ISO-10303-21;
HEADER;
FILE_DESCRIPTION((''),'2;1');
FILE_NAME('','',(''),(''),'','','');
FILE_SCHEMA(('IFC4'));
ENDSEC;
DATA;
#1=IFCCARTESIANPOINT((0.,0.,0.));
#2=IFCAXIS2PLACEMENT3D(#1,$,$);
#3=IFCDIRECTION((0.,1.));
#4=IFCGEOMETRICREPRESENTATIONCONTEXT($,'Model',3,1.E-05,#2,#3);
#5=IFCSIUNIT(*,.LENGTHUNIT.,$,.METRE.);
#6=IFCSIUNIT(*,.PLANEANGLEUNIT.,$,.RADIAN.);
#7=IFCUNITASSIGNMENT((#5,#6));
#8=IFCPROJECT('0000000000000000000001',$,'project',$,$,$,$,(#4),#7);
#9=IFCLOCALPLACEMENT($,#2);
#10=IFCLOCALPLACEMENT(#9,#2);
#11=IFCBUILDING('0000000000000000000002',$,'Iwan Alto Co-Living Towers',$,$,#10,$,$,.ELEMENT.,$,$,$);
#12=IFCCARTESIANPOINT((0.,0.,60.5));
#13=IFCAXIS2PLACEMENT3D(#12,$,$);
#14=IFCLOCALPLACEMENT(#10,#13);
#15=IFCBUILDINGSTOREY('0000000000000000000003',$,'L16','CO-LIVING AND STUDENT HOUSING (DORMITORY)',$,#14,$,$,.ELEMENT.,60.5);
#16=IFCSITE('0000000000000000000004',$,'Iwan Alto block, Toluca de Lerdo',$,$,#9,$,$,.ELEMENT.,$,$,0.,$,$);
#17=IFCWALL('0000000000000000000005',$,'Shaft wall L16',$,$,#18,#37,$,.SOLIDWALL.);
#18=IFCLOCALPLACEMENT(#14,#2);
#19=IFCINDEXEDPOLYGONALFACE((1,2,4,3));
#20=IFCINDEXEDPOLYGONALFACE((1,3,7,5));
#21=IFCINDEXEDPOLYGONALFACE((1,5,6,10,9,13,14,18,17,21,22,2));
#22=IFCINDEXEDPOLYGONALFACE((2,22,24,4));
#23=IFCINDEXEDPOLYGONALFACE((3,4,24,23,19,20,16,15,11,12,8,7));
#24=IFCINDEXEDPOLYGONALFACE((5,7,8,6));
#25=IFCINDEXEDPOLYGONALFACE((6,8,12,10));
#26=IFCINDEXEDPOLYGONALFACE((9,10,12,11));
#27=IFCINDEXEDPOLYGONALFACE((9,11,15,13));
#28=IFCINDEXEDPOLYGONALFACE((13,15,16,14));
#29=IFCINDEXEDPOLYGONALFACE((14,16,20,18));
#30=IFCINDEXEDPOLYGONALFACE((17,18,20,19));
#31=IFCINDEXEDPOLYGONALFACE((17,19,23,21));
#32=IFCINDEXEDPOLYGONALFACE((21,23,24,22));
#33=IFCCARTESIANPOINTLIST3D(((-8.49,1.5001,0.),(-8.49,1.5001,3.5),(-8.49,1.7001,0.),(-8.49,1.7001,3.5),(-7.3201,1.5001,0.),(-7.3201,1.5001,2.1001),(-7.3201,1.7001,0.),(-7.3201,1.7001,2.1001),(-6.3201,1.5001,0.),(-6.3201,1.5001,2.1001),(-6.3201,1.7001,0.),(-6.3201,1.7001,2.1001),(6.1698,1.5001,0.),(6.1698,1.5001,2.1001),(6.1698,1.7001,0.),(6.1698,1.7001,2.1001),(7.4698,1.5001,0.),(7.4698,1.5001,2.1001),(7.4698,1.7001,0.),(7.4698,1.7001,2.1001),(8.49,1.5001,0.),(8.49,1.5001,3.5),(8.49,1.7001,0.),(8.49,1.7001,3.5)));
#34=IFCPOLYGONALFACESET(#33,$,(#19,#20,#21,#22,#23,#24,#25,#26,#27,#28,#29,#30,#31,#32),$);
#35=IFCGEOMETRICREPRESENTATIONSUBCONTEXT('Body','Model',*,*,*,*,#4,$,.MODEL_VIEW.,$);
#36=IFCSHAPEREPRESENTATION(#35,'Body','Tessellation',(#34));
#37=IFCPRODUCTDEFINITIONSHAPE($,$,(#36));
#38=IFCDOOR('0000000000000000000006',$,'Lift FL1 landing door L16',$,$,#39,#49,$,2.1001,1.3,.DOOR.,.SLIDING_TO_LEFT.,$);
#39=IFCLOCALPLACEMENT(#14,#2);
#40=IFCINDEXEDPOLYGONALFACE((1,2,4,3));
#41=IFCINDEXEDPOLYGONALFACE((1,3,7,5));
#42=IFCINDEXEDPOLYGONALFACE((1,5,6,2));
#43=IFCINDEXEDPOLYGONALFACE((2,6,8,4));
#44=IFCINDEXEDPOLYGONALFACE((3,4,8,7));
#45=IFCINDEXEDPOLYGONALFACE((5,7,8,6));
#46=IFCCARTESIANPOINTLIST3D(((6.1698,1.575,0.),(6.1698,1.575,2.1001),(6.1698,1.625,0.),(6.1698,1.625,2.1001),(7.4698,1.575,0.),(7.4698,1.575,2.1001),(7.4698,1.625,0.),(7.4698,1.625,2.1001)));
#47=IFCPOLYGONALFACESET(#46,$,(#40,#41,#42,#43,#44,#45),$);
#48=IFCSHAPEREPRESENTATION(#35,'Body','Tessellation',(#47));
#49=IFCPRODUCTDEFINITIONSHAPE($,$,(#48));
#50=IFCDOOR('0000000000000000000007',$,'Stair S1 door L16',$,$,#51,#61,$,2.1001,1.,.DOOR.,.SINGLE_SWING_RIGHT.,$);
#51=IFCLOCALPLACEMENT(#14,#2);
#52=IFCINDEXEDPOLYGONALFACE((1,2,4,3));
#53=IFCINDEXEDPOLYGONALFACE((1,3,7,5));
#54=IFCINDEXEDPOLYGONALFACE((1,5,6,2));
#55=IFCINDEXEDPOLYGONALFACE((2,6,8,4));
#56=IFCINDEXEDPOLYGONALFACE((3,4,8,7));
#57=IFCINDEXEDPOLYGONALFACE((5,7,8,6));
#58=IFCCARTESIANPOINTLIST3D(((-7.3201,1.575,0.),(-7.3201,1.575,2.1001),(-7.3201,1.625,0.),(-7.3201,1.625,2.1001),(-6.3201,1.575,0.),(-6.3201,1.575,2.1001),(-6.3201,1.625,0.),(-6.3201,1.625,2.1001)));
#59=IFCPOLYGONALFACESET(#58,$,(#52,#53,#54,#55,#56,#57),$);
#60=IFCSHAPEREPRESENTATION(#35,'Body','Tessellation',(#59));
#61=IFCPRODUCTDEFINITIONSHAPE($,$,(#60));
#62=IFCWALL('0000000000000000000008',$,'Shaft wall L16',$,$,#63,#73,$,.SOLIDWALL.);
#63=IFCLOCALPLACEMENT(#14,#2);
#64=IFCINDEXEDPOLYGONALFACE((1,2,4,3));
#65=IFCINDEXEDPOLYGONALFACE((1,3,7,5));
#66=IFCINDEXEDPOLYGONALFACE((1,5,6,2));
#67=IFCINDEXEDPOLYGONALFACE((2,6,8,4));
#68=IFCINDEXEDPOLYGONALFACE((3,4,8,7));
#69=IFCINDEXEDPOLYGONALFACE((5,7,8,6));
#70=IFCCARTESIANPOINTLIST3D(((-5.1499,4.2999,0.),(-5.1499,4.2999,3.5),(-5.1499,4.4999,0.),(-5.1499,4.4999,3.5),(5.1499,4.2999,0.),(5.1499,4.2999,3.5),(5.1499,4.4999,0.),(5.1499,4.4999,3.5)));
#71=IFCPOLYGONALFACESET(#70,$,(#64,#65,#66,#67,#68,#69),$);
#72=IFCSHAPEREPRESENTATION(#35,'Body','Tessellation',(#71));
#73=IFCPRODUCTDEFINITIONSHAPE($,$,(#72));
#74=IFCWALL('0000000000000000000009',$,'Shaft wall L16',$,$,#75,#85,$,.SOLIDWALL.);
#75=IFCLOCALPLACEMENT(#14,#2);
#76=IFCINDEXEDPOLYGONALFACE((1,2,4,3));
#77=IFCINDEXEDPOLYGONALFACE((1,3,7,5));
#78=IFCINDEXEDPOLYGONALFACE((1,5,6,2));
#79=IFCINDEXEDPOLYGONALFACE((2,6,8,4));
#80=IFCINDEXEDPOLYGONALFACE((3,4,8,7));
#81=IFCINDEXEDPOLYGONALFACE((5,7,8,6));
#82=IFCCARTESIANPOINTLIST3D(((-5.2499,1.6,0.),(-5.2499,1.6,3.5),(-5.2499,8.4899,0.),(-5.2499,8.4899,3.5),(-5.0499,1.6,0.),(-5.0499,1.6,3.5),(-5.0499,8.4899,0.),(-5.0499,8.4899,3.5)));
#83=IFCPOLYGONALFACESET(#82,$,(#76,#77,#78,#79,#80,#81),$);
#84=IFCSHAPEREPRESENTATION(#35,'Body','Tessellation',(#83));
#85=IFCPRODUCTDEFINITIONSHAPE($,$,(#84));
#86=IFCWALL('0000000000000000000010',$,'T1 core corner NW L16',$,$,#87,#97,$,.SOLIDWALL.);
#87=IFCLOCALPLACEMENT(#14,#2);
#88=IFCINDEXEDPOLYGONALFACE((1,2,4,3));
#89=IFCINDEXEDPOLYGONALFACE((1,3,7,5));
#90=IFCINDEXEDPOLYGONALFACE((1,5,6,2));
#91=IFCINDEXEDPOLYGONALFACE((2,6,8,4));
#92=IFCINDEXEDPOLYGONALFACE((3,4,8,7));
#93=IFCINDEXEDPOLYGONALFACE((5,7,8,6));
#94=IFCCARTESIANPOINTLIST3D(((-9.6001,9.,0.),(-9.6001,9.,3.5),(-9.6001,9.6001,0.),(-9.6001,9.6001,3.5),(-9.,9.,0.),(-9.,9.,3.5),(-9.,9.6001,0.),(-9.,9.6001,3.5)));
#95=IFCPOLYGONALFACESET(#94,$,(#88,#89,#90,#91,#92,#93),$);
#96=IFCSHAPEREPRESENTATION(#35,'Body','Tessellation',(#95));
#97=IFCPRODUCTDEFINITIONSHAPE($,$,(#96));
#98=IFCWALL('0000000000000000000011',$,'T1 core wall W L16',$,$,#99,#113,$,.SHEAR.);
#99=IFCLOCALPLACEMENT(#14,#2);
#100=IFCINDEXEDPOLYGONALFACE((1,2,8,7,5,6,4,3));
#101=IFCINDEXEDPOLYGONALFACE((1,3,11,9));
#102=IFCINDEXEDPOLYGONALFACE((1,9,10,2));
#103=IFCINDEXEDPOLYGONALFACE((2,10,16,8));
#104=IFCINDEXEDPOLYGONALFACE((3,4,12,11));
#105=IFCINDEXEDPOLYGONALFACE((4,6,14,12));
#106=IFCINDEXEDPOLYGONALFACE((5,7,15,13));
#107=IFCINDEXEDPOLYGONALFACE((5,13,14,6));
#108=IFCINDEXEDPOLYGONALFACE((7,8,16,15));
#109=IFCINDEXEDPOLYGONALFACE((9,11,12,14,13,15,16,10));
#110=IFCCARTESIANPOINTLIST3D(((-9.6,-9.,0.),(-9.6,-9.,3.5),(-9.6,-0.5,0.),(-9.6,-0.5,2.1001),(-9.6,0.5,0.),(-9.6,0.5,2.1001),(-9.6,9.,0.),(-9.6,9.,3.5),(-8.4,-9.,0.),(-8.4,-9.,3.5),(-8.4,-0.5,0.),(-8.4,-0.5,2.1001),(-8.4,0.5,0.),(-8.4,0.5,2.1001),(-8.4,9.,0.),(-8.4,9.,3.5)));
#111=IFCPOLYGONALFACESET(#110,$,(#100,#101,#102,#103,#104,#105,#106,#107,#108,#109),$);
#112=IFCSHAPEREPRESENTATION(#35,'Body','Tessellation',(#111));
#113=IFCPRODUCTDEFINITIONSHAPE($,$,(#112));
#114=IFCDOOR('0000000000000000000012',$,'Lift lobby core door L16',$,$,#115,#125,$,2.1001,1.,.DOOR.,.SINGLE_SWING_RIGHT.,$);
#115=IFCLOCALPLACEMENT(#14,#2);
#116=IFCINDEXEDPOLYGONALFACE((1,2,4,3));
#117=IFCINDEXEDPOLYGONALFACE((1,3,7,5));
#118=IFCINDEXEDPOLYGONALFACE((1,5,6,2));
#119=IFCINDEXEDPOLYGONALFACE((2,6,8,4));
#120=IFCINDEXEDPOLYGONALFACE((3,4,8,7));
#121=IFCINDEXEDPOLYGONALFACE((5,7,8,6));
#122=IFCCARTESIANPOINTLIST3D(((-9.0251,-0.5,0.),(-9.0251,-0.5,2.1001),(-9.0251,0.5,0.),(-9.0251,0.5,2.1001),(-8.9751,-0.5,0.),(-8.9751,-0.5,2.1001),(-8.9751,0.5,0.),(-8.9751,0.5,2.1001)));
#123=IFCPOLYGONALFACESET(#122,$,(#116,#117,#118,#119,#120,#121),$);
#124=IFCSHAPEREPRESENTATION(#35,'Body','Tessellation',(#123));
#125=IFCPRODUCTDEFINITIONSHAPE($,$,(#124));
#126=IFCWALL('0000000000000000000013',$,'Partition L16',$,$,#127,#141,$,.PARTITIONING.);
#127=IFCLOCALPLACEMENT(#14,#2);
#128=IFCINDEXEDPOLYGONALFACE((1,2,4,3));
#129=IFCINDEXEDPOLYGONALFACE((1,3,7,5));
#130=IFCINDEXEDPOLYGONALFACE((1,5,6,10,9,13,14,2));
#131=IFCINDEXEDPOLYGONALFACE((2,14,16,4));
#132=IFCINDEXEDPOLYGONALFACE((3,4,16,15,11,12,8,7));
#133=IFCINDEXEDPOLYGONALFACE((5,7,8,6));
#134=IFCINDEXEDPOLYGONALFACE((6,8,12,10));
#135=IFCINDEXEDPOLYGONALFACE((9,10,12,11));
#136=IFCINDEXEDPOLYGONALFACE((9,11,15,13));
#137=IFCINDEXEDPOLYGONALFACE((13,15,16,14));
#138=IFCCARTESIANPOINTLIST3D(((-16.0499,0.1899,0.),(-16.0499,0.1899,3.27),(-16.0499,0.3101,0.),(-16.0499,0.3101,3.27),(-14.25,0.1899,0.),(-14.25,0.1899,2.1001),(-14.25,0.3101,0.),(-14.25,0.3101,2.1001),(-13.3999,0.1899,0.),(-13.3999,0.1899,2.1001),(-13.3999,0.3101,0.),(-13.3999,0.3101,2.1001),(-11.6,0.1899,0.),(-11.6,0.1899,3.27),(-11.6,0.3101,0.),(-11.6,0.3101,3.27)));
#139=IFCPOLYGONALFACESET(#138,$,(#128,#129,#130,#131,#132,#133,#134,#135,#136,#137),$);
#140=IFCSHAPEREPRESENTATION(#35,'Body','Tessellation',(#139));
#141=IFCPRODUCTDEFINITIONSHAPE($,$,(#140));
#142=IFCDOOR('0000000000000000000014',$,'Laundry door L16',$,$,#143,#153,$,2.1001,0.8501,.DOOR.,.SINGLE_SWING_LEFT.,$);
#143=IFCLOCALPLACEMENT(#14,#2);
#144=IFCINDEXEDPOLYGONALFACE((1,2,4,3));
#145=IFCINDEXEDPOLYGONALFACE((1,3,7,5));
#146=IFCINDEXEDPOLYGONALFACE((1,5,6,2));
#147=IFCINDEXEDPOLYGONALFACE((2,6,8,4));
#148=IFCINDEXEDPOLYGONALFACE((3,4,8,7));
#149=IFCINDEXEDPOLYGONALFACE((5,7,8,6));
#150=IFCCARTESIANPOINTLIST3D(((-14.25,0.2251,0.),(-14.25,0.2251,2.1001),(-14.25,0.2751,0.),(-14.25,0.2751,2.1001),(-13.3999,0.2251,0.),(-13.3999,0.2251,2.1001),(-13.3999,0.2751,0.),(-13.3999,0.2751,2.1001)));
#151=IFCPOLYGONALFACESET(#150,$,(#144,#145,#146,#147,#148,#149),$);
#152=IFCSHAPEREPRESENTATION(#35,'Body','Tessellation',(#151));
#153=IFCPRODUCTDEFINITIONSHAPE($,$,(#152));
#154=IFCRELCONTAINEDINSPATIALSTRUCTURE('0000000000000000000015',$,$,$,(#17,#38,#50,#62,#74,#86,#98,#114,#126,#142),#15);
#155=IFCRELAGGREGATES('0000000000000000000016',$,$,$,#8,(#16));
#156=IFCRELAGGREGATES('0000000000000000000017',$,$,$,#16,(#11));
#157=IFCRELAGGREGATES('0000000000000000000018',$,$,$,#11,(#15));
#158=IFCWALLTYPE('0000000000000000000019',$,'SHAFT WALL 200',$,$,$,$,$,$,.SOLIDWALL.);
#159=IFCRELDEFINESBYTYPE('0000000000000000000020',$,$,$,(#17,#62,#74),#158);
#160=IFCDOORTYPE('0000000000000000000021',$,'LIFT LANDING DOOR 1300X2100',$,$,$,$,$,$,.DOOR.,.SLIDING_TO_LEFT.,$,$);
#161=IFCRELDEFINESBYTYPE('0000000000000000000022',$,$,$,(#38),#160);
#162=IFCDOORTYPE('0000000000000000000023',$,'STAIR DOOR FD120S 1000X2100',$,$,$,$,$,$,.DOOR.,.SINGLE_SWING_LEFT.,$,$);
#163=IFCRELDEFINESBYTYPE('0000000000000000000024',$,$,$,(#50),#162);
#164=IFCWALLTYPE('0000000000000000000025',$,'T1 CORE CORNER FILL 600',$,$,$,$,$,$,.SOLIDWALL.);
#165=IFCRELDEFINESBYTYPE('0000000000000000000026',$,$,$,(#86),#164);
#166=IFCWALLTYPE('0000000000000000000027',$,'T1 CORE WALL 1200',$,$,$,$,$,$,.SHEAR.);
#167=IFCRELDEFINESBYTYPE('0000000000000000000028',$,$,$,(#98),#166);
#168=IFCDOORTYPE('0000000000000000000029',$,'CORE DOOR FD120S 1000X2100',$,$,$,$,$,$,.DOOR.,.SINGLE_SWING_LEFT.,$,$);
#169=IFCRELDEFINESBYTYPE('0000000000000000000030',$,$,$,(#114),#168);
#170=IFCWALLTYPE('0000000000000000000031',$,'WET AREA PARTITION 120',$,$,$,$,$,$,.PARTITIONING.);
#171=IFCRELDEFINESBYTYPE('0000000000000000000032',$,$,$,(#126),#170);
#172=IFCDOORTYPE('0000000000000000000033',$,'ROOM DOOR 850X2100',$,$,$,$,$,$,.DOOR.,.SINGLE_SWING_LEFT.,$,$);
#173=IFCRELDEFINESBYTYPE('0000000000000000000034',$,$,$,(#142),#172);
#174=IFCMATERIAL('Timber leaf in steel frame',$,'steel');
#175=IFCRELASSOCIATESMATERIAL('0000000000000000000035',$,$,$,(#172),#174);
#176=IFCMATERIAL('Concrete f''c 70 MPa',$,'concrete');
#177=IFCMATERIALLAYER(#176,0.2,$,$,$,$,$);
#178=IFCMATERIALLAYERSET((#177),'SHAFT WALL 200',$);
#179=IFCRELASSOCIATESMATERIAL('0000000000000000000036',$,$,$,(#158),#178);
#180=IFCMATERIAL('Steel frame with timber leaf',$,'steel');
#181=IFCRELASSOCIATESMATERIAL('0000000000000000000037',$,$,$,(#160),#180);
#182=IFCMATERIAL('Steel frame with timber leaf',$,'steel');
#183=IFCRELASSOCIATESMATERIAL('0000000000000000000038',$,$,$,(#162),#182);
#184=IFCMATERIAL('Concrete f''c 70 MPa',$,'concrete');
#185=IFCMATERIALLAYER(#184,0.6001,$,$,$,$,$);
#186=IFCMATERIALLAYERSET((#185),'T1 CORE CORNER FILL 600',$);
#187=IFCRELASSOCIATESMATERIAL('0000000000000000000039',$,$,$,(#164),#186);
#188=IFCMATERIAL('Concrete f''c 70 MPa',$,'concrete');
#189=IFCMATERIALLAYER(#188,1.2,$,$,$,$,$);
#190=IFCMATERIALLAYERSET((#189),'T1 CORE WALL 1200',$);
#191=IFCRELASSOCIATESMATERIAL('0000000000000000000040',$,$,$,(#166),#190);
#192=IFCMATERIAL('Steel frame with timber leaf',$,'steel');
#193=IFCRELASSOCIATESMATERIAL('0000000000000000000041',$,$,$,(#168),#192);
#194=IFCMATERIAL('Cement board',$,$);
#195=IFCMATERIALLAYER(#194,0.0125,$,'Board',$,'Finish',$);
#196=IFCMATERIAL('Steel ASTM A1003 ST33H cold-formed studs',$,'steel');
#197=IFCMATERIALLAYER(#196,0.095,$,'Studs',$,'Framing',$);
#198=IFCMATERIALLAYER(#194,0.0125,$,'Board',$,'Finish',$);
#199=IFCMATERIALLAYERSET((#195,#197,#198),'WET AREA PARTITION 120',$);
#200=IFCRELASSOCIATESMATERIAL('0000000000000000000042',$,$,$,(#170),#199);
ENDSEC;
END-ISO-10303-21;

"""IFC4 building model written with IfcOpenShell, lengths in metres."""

from ifc_helpers import new_model, si_unit, direction, frame, frame_2d, origin, place, context, subcontext, project, spatial, rectangle, extrude, material, layer, layer_set, type_object, element, fill, save


model = new_model("IFC4")

# Units and contexts
model_context = context("Model", 3, precision=1e-05, world=origin(), true_north=direction((0.0, 1.0)))
body_context = subcontext(model_context, "Body", "Model", "MODEL_VIEW")
ifc_project = project(units=[si_unit("LENGTHUNIT", "METRE"), si_unit("PLANEANGLEUNIT", "RADIAN")], contexts=[model_context])

# Site, building, storey
site_placement = place(None, origin())
site = spatial("IfcSite", under=ifc_project, at=site_placement, Name="Iwan Alto block, Toluca de Lerdo", CompositionType="ELEMENT", RefElevation=0.0)
building_placement = place(site_placement, origin())
building = spatial("IfcBuilding", under=site, at=building_placement, Name="Iwan Alto Co-Living Towers", CompositionType="ELEMENT")
storey_placement = place(building_placement, frame((0.0, 0.0, 60.5)))
storey = spatial("IfcBuildingStorey", under=building, at=storey_placement, Name="L16", Description="CO-LIVING AND STUDENT HOUSING (DORMITORY)", CompositionType="ELEMENT", Elevation=60.5)

# Shared definitions
ifc_material_1 = material(Name="Steel ASTM A1003 ST33H cold-formed studs", Category="steel")

# Shared definitions
ifc_material_2 = material(Name="Timber leaf in steel frame", Category="steel")
door_type_1 = type_object("IfcDoorType", Name="ROOM DOOR 850X2100", OperationType="SINGLE_SWING_LEFT", PredefinedType="DOOR", material=ifc_material_2)

# Wall, openings, doors
ifc_material_3 = material(Name="Concrete f'c 70 MPa", Category="concrete")
ifc_layer_1 = layer(ifc_material_3, 0.2)
ifc_layer_set_1 = layer_set([ifc_layer_1], Name="SHAFT WALL 200")
wall_type_1 = type_object("IfcWallType", Name="SHAFT WALL 200", PredefinedType="SOLIDWALL", material=ifc_layer_set_1)
wall_1_placement = place(storey_placement, frame((-8.49, 1.6001, 0.0), z_axis=(0.0, 0.0, 1.0), x_axis=(1.0, 0.0, 0.0)))
wall_1 = element("IfcWall", 1, at=wall_1_placement, inside=storey, type_object=wall_type_1, Name="Shaft wall L16", PredefinedType="SOLIDWALL", context=body_context, shape_type="SweptSolid", body=[
    extrude(rectangle(XDim=16.98, YDim=0.2, at=frame_2d((8.49, 0.0))), origin(), (0.0, 0.0, 1.0), 3.5),
])
opening_1_placement = place(wall_1_placement, frame((1.1699, 0.0, 0.0)))
opening_1 = element("IfcOpeningElement", 2, at=opening_1_placement, cuts=wall_1, PredefinedType="OPENING", context=body_context, shape_type="SweptSolid", body=[
    extrude(rectangle(XDim=1.0, YDim=2.1001, at=frame_2d((0.5, 1.05))), frame((0.0, 0.1099, 0.0), z_axis=(0.0, -1.0, 0.0), x_axis=(1.0, 0.0, 0.0)), (0.0, 0.0, 1.0), 0.22),
])
opening_2_placement = place(wall_1_placement, frame((14.6599, 0.0, 0.0)))
opening_2 = element("IfcOpeningElement", 3, at=opening_2_placement, cuts=wall_1, PredefinedType="OPENING", context=body_context, shape_type="SweptSolid", body=[
    extrude(rectangle(XDim=1.3, YDim=2.1001, at=frame_2d((0.6499, 1.05))), frame((0.0, 0.1099, 0.0), z_axis=(0.0, -1.0, 0.0), x_axis=(1.0, 0.0, 0.0)), (0.0, 0.0, 1.0), 0.22),
])
ifc_material_4 = material(Name="Steel frame with timber leaf", Category="steel")
door_type_2 = type_object("IfcDoorType", Name="LIFT LANDING DOOR 1300X2100", OperationType="SLIDING_TO_LEFT", PredefinedType="DOOR", material=ifc_material_4)
door_1_placement = place(opening_2_placement, origin())
door_1 = element("IfcDoor", 4, at=door_1_placement, inside=storey, type_object=door_type_2, Name="Lift FL1 landing door L16", OperationType="SLIDING_TO_LEFT", OverallHeight=2.1001, OverallWidth=1.3, PredefinedType="DOOR", context=body_context, shape_type="SweptSolid", body=[
    extrude(rectangle(XDim=1.3, YDim=2.1001, at=frame_2d((0.6499, 1.05))), frame((0.0, 0.0249, 0.0), z_axis=(0.0, -1.0, 0.0), x_axis=(1.0, 0.0, 0.0)), (0.0, 0.0, 1.0), 0.05),
])
fill(opening_2, door_1)
ifc_material_5 = material(Name="Steel frame with timber leaf", Category="steel")
door_type_3 = type_object("IfcDoorType", Name="STAIR DOOR FD120S 1000X2100", OperationType="SINGLE_SWING_LEFT", PredefinedType="DOOR", material=ifc_material_5)
door_2_placement = place(opening_1_placement, origin())
door_2 = element("IfcDoor", 5, at=door_2_placement, inside=storey, type_object=door_type_3, Name="Stair S1 door L16", OperationType="SINGLE_SWING_RIGHT", OverallHeight=2.1001, OverallWidth=1.0, PredefinedType="DOOR", context=body_context, shape_type="SweptSolid", body=[
    extrude(rectangle(XDim=1.0, YDim=2.1001, at=frame_2d((0.5, 1.05))), frame((0.0, 0.0249, 0.0), z_axis=(0.0, -1.0, 0.0), x_axis=(1.0, 0.0, 0.0)), (0.0, 0.0, 1.0), 0.05),
])
fill(opening_1, door_2)

# Walls
wall_2_placement = place(storey_placement, frame((-5.1499, 4.3999, 0.0), z_axis=(0.0, 0.0, 1.0), x_axis=(1.0, 0.0, 0.0)))
element("IfcWall", 6, at=wall_2_placement, inside=storey, type_object=wall_type_1, Name="Shaft wall L16", PredefinedType="SOLIDWALL", context=body_context, shape_type="SweptSolid", body=[
    extrude(rectangle(XDim=10.2998, YDim=0.2, at=frame_2d((5.1499, 0.0))), origin(), (0.0, 0.0, 1.0), 3.5),
])
wall_3_placement = place(storey_placement, frame((-5.1499, 1.6001, 0.0), z_axis=(0.0, 0.0, 1.0), x_axis=(0.0, 1.0, 0.0)))
element("IfcWall", 7, at=wall_3_placement, inside=storey, type_object=wall_type_1, Name="Shaft wall L16", PredefinedType="SOLIDWALL", context=body_context, shape_type="SweptSolid", body=[
    extrude(rectangle(XDim=6.8899, YDim=0.2, at=frame_2d((3.4448, 0.0))), origin(), (0.0, 0.0, 1.0), 3.5),
])
ifc_material_6 = material(Name="Concrete f'c 70 MPa", Category="concrete")
ifc_layer_2 = layer(ifc_material_6, 0.6001)
ifc_layer_set_2 = layer_set([ifc_layer_2], Name="T1 CORE CORNER FILL 600")
wall_type_2 = type_object("IfcWallType", Name="T1 CORE CORNER FILL 600", PredefinedType="SOLIDWALL", material=ifc_layer_set_2)
wall_4_placement = place(storey_placement, frame((-9.6001, 9.3, 0.0), z_axis=(0.0, 0.0, 1.0), x_axis=(1.0, 0.0, 0.0)))
element("IfcWall", 8, at=wall_4_placement, inside=storey, type_object=wall_type_2, Name="T1 core corner NW L16", PredefinedType="SOLIDWALL", context=body_context, shape_type="SweptSolid", body=[
    extrude(rectangle(XDim=0.6001, YDim=0.6001, at=frame_2d((0.3, 0.0))), origin(), (0.0, 0.0, 1.0), 3.5),
])

# Walls, openings, doors
ifc_material_7 = material(Name="Concrete f'c 70 MPa", Category="concrete")
ifc_layer_3 = layer(ifc_material_7, 1.2)
ifc_layer_set_3 = layer_set([ifc_layer_3], Name="T1 CORE WALL 1200")
wall_type_3 = type_object("IfcWallType", Name="T1 CORE WALL 1200", PredefinedType="SHEAR", material=ifc_layer_set_3)
wall_5_placement = place(storey_placement, frame((-9.0, 9.0, 0.0), z_axis=(0.0, 0.0, 1.0), x_axis=(0.0, -1.0, 0.0)))
wall_5 = element("IfcWall", 9, at=wall_5_placement, inside=storey, type_object=wall_type_3, Name="T1 core wall W L16", PredefinedType="SHEAR", context=body_context, shape_type="SweptSolid", body=[
    extrude(rectangle(XDim=18.0, YDim=1.2, at=frame_2d((9.0, 0.0))), origin(), (0.0, 0.0, 1.0), 3.5),
])
opening_3_placement = place(wall_5_placement, frame((8.5, 0.0, 0.0)))
opening_3 = element("IfcOpeningElement", 10, at=opening_3_placement, cuts=wall_5, PredefinedType="OPENING", context=body_context, shape_type="SweptSolid", body=[
    extrude(rectangle(XDim=1.0, YDim=2.1001, at=frame_2d((0.5, 1.05))), frame((0.0, 0.6099, 0.0), z_axis=(0.0, -1.0, 0.0), x_axis=(1.0, 0.0, 0.0)), (0.0, 0.0, 1.0), 1.22),
])
ifc_material_8 = material(Name="Steel frame with timber leaf", Category="steel")
door_type_4 = type_object("IfcDoorType", Name="CORE DOOR FD120S 1000X2100", OperationType="SINGLE_SWING_LEFT", PredefinedType="DOOR", material=ifc_material_8)
door_3_placement = place(opening_3_placement, origin())
door_3 = element("IfcDoor", 11, at=door_3_placement, inside=storey, type_object=door_type_4, Name="Lift lobby core door L16", OperationType="SINGLE_SWING_RIGHT", OverallHeight=2.1001, OverallWidth=1.0, PredefinedType="DOOR", context=body_context, shape_type="SweptSolid", body=[
    extrude(rectangle(XDim=1.0, YDim=2.1001, at=frame_2d((0.5, 1.05))), frame((0.0, 0.0249, 0.0), z_axis=(0.0, -1.0, 0.0), x_axis=(1.0, 0.0, 0.0)), (0.0, 0.0, 1.0), 0.05),
])
fill(opening_3, door_3)
ifc_material_9 = material(Name="Cement board")
ifc_layer_4 = layer(ifc_material_9, 0.0125, Name="Board", Category="Finish")
ifc_layer_5 = layer(ifc_material_1, 0.095, Name="Studs", Category="Framing")
ifc_layer_6 = layer(ifc_material_9, 0.0125, Name="Board", Category="Finish")
ifc_layer_set_4 = layer_set([ifc_layer_4, ifc_layer_5, ifc_layer_6], Name="WET AREA PARTITION 120")
wall_type_4 = type_object("IfcWallType", Name="WET AREA PARTITION 120", PredefinedType="PARTITIONING", material=ifc_layer_set_4)
wall_6_placement = place(storey_placement, frame((-16.05, 0.25, 0.0), z_axis=(0.0, 0.0, 1.0), x_axis=(1.0, 0.0, 0.0)))
wall_6 = element("IfcWall", 12, at=wall_6_placement, inside=storey, type_object=wall_type_4, Name="Partition L16", PredefinedType="PARTITIONING", context=body_context, shape_type="SweptSolid", body=[
    extrude(rectangle(XDim=4.45, YDim=0.1201, at=frame_2d((2.2251, 0.0))), origin(), (0.0, 0.0, 1.0), 3.27),
])
opening_4_placement = place(wall_6_placement, frame((1.8, 0.0, 0.0)))
opening_4 = element("IfcOpeningElement", 13, at=opening_4_placement, cuts=wall_6, PredefinedType="OPENING", context=body_context, shape_type="SweptSolid", body=[
    extrude(rectangle(XDim=0.8501, YDim=2.1001, at=frame_2d((0.425, 1.05))), frame((0.0, 0.0701, 0.0), z_axis=(0.0, -1.0, 0.0), x_axis=(1.0, 0.0, 0.0)), (0.0, 0.0, 1.0), 0.1401),
])
door_4_placement = place(opening_4_placement, frame((0.8501, 0.0, 0.0), z_axis=(0.0, 0.0, 1.0), x_axis=(-1.0, 0.0, 0.0)))
door_4 = element("IfcDoor", 14, at=door_4_placement, inside=storey, type_object=door_type_1, Name="Laundry door L16", OperationType="SINGLE_SWING_LEFT", OverallHeight=2.1001, OverallWidth=0.8501, PredefinedType="DOOR", context=body_context, shape_type="SweptSolid", body=[
    extrude(rectangle(XDim=0.8501, YDim=2.1001, at=frame_2d((0.425, 1.05))), frame((0.0, 0.0249, 0.0), z_axis=(0.0, -1.0, 0.0), x_axis=(1.0, 0.0, 0.0)), (0.0, 0.0, 1.0), 0.05),
])
fill(opening_4, door_4)

save(model, "model.ifc")
